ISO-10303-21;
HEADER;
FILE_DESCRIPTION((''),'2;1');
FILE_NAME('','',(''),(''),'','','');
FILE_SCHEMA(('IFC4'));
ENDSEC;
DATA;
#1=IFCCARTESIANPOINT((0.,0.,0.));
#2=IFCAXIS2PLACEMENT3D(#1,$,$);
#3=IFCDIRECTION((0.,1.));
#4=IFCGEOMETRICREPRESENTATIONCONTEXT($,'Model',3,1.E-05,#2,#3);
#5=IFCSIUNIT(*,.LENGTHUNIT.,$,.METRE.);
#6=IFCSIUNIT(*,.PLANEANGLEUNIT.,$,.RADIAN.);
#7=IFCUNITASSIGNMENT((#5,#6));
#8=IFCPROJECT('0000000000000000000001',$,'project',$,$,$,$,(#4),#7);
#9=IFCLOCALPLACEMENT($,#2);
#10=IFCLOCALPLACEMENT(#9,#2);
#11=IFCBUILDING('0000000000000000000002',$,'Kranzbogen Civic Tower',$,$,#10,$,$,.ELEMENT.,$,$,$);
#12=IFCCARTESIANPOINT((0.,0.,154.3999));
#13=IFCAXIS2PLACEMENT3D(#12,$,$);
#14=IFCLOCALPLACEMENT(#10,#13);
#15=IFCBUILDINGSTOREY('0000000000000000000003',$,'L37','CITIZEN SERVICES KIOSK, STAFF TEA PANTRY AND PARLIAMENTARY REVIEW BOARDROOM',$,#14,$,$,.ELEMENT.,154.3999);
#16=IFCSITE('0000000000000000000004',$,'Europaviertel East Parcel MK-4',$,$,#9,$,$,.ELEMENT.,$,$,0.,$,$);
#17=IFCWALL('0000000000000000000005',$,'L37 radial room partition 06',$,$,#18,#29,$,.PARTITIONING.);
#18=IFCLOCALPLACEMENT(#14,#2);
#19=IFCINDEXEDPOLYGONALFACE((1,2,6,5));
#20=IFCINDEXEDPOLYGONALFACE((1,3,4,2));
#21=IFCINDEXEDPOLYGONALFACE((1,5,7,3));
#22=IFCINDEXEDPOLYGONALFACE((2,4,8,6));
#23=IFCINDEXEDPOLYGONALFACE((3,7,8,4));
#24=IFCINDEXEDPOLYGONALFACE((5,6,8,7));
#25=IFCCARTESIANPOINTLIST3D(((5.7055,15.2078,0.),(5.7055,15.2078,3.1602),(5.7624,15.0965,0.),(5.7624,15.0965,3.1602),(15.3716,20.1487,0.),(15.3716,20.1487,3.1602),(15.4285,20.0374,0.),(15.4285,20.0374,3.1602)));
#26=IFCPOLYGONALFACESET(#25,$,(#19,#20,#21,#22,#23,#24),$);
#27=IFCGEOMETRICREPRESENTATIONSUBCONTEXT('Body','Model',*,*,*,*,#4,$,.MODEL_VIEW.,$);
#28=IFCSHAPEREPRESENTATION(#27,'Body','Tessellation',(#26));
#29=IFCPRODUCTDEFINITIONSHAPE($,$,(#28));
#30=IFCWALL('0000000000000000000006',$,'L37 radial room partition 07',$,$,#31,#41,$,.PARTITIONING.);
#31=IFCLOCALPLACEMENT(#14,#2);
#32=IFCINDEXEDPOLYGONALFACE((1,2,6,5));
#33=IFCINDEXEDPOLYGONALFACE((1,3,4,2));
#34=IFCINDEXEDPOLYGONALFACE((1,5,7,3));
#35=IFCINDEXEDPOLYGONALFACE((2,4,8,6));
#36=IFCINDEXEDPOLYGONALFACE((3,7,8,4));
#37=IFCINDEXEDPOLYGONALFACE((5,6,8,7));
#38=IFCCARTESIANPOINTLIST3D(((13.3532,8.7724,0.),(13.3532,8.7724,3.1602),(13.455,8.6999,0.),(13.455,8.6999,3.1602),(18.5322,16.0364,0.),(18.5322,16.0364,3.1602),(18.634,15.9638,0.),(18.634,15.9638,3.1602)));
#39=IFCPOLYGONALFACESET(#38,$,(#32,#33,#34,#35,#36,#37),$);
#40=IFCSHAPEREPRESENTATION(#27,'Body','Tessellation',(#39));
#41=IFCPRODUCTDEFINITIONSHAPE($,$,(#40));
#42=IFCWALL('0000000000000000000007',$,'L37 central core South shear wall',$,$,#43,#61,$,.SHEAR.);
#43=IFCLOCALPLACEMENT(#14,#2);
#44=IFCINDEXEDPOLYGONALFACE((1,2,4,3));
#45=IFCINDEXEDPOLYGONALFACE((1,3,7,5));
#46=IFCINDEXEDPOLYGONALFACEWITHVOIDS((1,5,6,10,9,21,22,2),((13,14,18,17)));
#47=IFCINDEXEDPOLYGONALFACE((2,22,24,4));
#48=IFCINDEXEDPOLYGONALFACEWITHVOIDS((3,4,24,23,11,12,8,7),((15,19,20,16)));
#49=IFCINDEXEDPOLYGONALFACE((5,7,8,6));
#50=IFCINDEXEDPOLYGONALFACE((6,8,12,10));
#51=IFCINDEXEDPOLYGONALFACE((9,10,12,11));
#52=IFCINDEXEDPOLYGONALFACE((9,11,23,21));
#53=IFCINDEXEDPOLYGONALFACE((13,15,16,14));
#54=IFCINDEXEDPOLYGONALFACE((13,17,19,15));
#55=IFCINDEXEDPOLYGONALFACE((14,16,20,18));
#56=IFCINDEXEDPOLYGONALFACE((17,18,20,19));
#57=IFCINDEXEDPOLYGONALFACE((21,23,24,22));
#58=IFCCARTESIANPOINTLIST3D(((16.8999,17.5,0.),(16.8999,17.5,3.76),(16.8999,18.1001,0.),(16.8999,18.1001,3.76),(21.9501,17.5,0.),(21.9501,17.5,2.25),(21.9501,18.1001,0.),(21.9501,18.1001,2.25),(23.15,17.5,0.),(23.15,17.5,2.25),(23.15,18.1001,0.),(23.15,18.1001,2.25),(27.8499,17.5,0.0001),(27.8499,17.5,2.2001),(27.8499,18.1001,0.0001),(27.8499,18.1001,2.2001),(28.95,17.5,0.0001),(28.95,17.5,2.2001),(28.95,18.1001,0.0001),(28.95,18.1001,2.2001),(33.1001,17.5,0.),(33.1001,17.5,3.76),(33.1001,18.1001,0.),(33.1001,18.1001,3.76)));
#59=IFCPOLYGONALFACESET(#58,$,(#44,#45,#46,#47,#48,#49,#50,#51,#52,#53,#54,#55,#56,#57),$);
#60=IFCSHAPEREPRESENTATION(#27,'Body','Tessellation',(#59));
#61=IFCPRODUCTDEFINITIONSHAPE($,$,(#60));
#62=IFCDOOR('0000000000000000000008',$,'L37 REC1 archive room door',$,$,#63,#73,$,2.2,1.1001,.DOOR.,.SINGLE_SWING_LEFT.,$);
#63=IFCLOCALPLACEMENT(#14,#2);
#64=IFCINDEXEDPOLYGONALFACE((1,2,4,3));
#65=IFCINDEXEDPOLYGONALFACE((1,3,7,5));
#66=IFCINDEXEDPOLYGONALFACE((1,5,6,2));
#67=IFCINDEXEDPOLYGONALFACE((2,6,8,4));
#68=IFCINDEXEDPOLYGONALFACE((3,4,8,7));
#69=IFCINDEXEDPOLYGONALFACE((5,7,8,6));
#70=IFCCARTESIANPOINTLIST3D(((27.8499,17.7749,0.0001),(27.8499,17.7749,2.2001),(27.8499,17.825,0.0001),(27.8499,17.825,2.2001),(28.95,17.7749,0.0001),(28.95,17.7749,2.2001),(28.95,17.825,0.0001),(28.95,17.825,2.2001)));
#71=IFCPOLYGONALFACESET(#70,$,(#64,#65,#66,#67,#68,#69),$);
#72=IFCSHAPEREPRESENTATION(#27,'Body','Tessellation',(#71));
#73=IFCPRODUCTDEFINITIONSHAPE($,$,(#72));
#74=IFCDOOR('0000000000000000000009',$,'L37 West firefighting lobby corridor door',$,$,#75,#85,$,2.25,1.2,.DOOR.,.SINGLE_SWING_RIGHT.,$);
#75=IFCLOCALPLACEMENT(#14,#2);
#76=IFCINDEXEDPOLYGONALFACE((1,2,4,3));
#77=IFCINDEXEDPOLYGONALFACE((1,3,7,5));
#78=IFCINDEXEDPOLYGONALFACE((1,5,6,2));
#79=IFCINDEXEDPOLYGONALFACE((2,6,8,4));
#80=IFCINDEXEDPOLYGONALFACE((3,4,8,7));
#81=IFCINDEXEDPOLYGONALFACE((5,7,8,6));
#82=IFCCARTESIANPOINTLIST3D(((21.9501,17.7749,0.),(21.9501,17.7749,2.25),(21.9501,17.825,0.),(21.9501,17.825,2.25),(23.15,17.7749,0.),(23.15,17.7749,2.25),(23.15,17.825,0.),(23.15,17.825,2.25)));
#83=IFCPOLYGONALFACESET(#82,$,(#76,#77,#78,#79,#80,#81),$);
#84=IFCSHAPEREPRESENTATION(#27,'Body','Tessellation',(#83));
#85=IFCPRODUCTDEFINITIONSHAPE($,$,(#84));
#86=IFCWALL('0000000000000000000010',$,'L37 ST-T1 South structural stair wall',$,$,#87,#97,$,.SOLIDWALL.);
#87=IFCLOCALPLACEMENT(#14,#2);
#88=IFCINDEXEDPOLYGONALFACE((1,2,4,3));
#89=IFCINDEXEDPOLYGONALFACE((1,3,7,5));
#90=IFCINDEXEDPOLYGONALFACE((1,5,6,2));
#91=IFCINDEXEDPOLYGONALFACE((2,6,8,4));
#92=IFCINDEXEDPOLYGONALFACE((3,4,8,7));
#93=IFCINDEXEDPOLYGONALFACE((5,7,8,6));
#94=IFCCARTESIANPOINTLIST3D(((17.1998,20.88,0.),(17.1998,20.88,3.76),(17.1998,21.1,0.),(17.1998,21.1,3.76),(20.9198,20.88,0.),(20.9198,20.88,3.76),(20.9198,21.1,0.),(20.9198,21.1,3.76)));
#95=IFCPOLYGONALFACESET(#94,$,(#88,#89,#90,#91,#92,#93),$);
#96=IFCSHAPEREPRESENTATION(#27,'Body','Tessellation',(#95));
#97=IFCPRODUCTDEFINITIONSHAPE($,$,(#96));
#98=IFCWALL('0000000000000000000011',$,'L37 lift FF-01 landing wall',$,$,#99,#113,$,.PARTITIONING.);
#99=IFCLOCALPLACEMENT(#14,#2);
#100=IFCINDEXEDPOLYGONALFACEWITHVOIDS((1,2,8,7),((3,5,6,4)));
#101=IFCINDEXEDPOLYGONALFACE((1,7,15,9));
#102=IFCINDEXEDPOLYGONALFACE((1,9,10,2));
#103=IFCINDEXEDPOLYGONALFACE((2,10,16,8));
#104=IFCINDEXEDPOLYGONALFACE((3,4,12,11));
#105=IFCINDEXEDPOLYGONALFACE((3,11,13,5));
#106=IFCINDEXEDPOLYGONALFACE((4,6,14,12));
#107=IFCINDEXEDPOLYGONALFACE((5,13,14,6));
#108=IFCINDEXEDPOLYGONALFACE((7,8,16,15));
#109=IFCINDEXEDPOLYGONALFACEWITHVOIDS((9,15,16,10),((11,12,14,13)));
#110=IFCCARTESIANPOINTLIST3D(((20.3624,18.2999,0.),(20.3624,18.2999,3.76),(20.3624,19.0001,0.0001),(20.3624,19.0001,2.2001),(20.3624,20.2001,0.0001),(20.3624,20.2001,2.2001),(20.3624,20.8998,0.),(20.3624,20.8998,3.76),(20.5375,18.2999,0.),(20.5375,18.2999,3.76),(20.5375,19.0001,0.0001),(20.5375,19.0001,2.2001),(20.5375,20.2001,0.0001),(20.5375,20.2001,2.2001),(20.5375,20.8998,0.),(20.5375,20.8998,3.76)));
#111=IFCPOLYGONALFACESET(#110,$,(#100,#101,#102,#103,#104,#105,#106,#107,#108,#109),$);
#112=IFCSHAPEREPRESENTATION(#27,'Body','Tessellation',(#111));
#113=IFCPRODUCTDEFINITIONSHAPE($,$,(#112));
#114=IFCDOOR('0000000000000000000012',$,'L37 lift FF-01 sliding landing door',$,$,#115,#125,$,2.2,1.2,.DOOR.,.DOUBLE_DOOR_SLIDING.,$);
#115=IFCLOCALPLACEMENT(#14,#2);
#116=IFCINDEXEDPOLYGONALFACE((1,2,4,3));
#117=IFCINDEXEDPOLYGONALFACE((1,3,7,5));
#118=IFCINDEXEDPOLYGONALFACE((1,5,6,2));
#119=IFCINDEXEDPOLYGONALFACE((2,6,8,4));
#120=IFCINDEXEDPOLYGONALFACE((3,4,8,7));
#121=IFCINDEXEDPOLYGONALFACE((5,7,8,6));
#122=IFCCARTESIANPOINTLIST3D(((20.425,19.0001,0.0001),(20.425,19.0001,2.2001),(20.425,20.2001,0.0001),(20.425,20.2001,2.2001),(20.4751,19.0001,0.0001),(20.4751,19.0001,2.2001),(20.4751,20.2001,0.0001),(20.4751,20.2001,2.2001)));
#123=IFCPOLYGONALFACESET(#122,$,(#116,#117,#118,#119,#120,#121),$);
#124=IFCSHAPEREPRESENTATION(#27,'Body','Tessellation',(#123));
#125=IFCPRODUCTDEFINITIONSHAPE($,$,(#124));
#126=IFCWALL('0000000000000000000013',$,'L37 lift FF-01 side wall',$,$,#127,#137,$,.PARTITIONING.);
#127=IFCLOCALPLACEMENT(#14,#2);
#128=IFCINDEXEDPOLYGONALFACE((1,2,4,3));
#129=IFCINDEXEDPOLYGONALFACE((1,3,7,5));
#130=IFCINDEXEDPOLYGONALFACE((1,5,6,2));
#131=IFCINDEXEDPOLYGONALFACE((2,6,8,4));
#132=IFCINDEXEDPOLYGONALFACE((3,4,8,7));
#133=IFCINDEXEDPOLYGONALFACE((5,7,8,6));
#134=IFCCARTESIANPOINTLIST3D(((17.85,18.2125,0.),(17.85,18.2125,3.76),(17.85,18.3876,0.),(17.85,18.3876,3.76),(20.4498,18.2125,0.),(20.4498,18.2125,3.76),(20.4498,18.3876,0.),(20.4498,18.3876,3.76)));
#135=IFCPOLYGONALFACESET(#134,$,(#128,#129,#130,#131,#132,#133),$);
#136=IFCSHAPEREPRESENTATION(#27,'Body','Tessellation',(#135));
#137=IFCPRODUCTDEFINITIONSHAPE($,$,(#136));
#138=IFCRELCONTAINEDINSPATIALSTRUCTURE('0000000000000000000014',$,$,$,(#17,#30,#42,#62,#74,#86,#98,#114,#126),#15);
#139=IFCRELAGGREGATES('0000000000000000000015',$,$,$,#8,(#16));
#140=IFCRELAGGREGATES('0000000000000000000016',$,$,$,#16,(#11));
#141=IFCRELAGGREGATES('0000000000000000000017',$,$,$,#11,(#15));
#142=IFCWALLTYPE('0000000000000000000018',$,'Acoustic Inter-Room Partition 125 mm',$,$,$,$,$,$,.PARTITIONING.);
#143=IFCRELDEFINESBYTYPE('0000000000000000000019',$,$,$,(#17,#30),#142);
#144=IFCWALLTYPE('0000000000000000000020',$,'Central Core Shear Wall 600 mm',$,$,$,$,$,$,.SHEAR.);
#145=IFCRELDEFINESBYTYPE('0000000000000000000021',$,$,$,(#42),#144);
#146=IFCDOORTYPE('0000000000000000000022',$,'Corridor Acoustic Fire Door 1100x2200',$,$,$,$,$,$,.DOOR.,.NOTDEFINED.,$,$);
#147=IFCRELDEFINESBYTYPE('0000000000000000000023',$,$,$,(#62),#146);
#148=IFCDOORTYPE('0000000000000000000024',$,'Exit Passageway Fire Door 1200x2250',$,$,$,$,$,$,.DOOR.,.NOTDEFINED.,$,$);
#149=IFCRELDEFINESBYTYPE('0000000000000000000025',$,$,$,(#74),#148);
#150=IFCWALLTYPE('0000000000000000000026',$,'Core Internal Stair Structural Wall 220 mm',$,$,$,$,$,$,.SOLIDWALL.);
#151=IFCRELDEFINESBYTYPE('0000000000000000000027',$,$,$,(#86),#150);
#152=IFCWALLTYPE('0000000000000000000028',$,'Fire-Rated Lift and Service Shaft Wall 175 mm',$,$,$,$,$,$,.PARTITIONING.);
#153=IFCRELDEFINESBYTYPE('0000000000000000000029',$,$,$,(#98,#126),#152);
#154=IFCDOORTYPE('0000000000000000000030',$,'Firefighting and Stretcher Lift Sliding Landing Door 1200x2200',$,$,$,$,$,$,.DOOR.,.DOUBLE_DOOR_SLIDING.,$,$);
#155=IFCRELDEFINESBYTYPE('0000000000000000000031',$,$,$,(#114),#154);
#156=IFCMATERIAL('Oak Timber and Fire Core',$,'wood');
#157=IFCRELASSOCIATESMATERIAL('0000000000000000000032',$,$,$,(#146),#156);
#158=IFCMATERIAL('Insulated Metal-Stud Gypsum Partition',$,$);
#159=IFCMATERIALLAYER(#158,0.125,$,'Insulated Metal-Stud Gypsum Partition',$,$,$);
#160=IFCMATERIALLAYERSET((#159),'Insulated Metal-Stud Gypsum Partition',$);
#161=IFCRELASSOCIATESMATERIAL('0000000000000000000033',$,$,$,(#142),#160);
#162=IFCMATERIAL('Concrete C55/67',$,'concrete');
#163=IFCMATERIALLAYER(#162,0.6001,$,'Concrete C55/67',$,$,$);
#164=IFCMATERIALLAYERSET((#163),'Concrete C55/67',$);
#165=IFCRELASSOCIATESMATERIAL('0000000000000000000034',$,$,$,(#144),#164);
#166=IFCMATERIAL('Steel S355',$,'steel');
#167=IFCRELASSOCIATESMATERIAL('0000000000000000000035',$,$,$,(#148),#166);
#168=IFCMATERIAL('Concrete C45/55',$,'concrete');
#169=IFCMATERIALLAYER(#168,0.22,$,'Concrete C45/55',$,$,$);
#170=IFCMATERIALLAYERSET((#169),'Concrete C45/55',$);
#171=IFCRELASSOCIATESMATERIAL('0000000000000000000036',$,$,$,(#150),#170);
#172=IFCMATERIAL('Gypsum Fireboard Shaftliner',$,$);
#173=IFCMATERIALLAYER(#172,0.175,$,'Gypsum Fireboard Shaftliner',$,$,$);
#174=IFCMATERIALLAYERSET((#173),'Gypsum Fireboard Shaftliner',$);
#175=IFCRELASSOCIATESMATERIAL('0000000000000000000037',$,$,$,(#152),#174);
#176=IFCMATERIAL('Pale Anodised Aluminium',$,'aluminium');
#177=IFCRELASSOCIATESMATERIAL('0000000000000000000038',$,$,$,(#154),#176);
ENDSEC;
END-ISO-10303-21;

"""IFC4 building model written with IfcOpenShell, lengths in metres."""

from ifc_helpers import new_model, si_unit, direction, frame, frame_2d, origin, place, context, subcontext, project, spatial, rectangle, extrude, material, layer, layer_set, type_object, element, fill, save


model = new_model("IFC4")

# Units and contexts
model_context = context("Model", 3, precision=1e-05, world=origin(), true_north=direction((0.0, 1.0)))
body_context = subcontext(model_context, "Body", "Model", "MODEL_VIEW")
ifc_project = project(units=[si_unit("LENGTHUNIT", "METRE"), si_unit("PLANEANGLEUNIT", "RADIAN")], contexts=[model_context])

# Site, building, storey
site_placement = place(None, origin())
site = spatial("IfcSite", under=ifc_project, at=site_placement, Name="Europaviertel East Parcel MK-4", CompositionType="ELEMENT", RefElevation=0.0)
building_placement = place(site_placement, origin())
building = spatial("IfcBuilding", under=site, at=building_placement, Name="Kranzbogen Civic Tower", CompositionType="ELEMENT")
storey_placement = place(building_placement, frame((0.0, 0.0, 154.3999)))
storey = spatial("IfcBuildingStorey", under=building, at=storey_placement, Name="L37", Description="CITIZEN SERVICES KIOSK, STAFF TEA PANTRY AND PARLIAMENTARY REVIEW BOARDROOM", CompositionType="ELEMENT", Elevation=154.3999)

# Shared definitions
ifc_material_1 = material(Name="Steel S355", Category="steel")

# Shared definitions
ifc_material_2 = material(Name="Oak Timber and Fire Core", Category="wood")
door_type_1 = type_object("IfcDoorType", Name="Corridor Acoustic Fire Door 1100x2200", OperationType="NOTDEFINED", PredefinedType="DOOR", material=ifc_material_2)

# Walls
ifc_material_3 = material(Name="Insulated Metal-Stud Gypsum Partition")
ifc_layer_1 = layer(ifc_material_3, 0.125, Name="Insulated Metal-Stud Gypsum Partition")
ifc_layer_set_1 = layer_set([ifc_layer_1], Name="Insulated Metal-Stud Gypsum Partition")
wall_type_1 = type_object("IfcWallType", Name="Acoustic Inter-Room Partition 125 mm", PredefinedType="PARTITIONING", material=ifc_layer_set_1)
wall_1_placement = place(storey_placement, frame((15.3999, 20.093, 0.0), z_axis=(0.0, 0.0, 1.0), x_axis=(-0.890416, -0.455148, 0.0)))
element("IfcWall", 1, at=wall_1_placement, inside=storey, type_object=wall_type_1, Name="L37 radial room partition 06", PredefinedType="PARTITIONING", context=body_context, shape_type="SweptSolid", body=[
    extrude(rectangle(XDim=10.8557, YDim=0.125, at=frame_2d((5.4277, 0.0))), origin(), (0.0, 0.0, 1.0), 3.1602),
])
wall_2_placement = place(storey_placement, frame((18.583, 16.0, 0.0), z_axis=(0.0, 0.0, 1.0), x_axis=(-0.580529, -0.81424, 0.0)))
element("IfcWall", 2, at=wall_2_placement, inside=storey, type_object=wall_type_1, Name="L37 radial room partition 07", PredefinedType="PARTITIONING", context=body_context, shape_type="SweptSolid", body=[
    extrude(rectangle(XDim=8.9211, YDim=0.125, at=frame_2d((4.4604, 0.0))), origin(), (0.0, 0.0, 1.0), 3.1602),
])

# Wall, openings, doors
ifc_material_4 = material(Name="Concrete C55/67", Category="concrete")
ifc_layer_2 = layer(ifc_material_4, 0.6001, Name="Concrete C55/67")
ifc_layer_set_2 = layer_set([ifc_layer_2], Name="Concrete C55/67")
wall_type_2 = type_object("IfcWallType", Name="Central Core Shear Wall 600 mm", PredefinedType="SHEAR", material=ifc_layer_set_2)
wall_3_placement = place(storey_placement, frame((16.8999, 17.8, 0.0), z_axis=(0.0, 0.0, 1.0), x_axis=(1.0, 0.0, 0.0)))
wall_3 = element("IfcWall", 3, at=wall_3_placement, inside=storey, type_object=wall_type_2, Name="L37 central core South shear wall", PredefinedType="SHEAR", context=body_context, shape_type="SweptSolid", body=[
    extrude(rectangle(XDim=16.2002, YDim=0.6001, at=frame_2d((8.1001, 0.0))), origin(), (0.0, 0.0, 1.0), 3.76),
])
opening_1_placement = place(wall_3_placement, frame((5.05, 0.0, 0.0)))
opening_1 = element("IfcOpeningElement", 4, at=opening_1_placement, cuts=wall_3, PredefinedType="OPENING", context=body_context, shape_type="SweptSolid", body=[
    extrude(rectangle(XDim=1.2, YDim=2.25, at=frame_2d((0.6001, 1.125))), frame((0.0, 0.3101, 0.0), z_axis=(0.0, -1.0, 0.0), x_axis=(1.0, 0.0, 0.0)), (0.0, 0.0, 1.0), 0.6201),
])
opening_2_placement = place(wall_3_placement, frame((10.95, 0.0, 0.0)))
opening_2 = element("IfcOpeningElement", 5, at=opening_2_placement, cuts=wall_3, PredefinedType="OPENING", context=body_context, shape_type="SweptSolid", body=[
    extrude(rectangle(XDim=1.1001, YDim=2.2, at=frame_2d((0.55, 1.1001))), frame((0.0, 0.3101, 0.0), z_axis=(0.0, -1.0, 0.0), x_axis=(1.0, 0.0, 0.0)), (0.0, 0.0, 1.0), 0.6201),
])
door_1_placement = place(opening_2_placement, origin())
door_1 = element("IfcDoor", 6, at=door_1_placement, inside=storey, type_object=door_type_1, Name="L37 REC1 archive room door", OperationType="SINGLE_SWING_LEFT", OverallHeight=2.2, OverallWidth=1.1001, PredefinedType="DOOR", context=body_context, shape_type="SweptSolid", body=[
    extrude(rectangle(XDim=1.1001, YDim=2.2, at=frame_2d((0.55, 1.1001))), frame((0.0, 0.0249, 0.0), z_axis=(0.0, -1.0, 0.0), x_axis=(1.0, 0.0, 0.0)), (0.0, 0.0, 1.0), 0.05),
])
fill(opening_2, door_1)
door_type_2 = type_object("IfcDoorType", Name="Exit Passageway Fire Door 1200x2250", OperationType="NOTDEFINED", PredefinedType="DOOR", material=ifc_material_1)
door_2_placement = place(opening_1_placement, origin())
door_2 = element("IfcDoor", 7, at=door_2_placement, inside=storey, type_object=door_type_2, Name="L37 West firefighting lobby corridor door", OperationType="SINGLE_SWING_RIGHT", OverallHeight=2.25, OverallWidth=1.2, PredefinedType="DOOR", context=body_context, shape_type="SweptSolid", body=[
    extrude(rectangle(XDim=1.2, YDim=2.25, at=frame_2d((0.6001, 1.125))), frame((0.0, 0.0249, 0.0), z_axis=(0.0, -1.0, 0.0), x_axis=(1.0, 0.0, 0.0)), (0.0, 0.0, 1.0), 0.05),
])
fill(opening_1, door_2)

# Wall
ifc_material_5 = material(Name="Concrete C45/55", Category="concrete")
ifc_layer_3 = layer(ifc_material_5, 0.22, Name="Concrete C45/55")
ifc_layer_set_3 = layer_set([ifc_layer_3], Name="Concrete C45/55")
wall_type_3 = type_object("IfcWallType", Name="Core Internal Stair Structural Wall 220 mm", PredefinedType="SOLIDWALL", material=ifc_layer_set_3)
wall_4_placement = place(storey_placement, frame((17.2, 20.99, 0.0), z_axis=(0.0, 0.0, 1.0), x_axis=(1.0, 0.0, 0.0)))
element("IfcWall", 8, at=wall_4_placement, inside=storey, type_object=wall_type_3, Name="L37 ST-T1 South structural stair wall", PredefinedType="SOLIDWALL", context=body_context, shape_type="SweptSolid", body=[
    extrude(rectangle(XDim=3.72, YDim=0.22, at=frame_2d((1.8599, 0.0))), origin(), (0.0, 0.0, 1.0), 3.76),
])

# Wall, opening, door
ifc_material_6 = material(Name="Gypsum Fireboard Shaftliner")
ifc_layer_4 = layer(ifc_material_6, 0.175, Name="Gypsum Fireboard Shaftliner")
ifc_layer_set_4 = layer_set([ifc_layer_4], Name="Gypsum Fireboard Shaftliner")
wall_type_4 = type_object("IfcWallType", Name="Fire-Rated Lift and Service Shaft Wall 175 mm", PredefinedType="PARTITIONING", material=ifc_layer_set_4)
wall_5_placement = place(storey_placement, frame((20.45, 18.3, 0.0), z_axis=(0.0, 0.0, 1.0), x_axis=(0.0, 1.0, 0.0)))
wall_5 = element("IfcWall", 9, at=wall_5_placement, inside=storey, type_object=wall_type_4, Name="L37 lift FF-01 landing wall", PredefinedType="PARTITIONING", context=body_context, shape_type="SweptSolid", body=[
    extrude(rectangle(XDim=2.5999, YDim=0.175, at=frame_2d((1.2998, 0.0))), origin(), (0.0, 0.0, 1.0), 3.76),
])
opening_3_placement = place(wall_5_placement, frame((0.7, 0.0, 0.0)))
opening_3 = element("IfcOpeningElement", 10, at=opening_3_placement, cuts=wall_5, PredefinedType="OPENING", context=body_context, shape_type="SweptSolid", body=[
    extrude(rectangle(XDim=1.2, YDim=2.2, at=frame_2d((0.6001, 1.1001))), frame((0.0, 0.0977, 0.0), z_axis=(0.0, -1.0, 0.0), x_axis=(1.0, 0.0, 0.0)), (0.0, 0.0, 1.0), 0.1951),
])
ifc_material_7 = material(Name="Pale Anodised Aluminium", Category="aluminium")
door_type_3 = type_object("IfcDoorType", Name="Firefighting and Stretcher Lift Sliding Landing Door 1200x2200", OperationType="DOUBLE_DOOR_SLIDING", PredefinedType="DOOR", material=ifc_material_7)
door_3_placement = place(opening_3_placement, origin())
door_3 = element("IfcDoor", 11, at=door_3_placement, inside=storey, type_object=door_type_3, Name="L37 lift FF-01 sliding landing door", OperationType="DOUBLE_DOOR_SLIDING", OverallHeight=2.2, OverallWidth=1.2, PredefinedType="DOOR", context=body_context, shape_type="SweptSolid", body=[
    extrude(rectangle(XDim=1.2, YDim=2.2, at=frame_2d((0.6001, 1.1001))), frame((0.0, 0.0249, 0.0), z_axis=(0.0, -1.0, 0.0), x_axis=(1.0, 0.0, 0.0)), (0.0, 0.0, 1.0), 0.05),
])
fill(opening_3, door_3)

# Wall
wall_6_placement = place(storey_placement, frame((17.8501, 18.3, 0.0), z_axis=(0.0, 0.0, 1.0), x_axis=(1.0, 0.0, 0.0)))
element("IfcWall", 12, at=wall_6_placement, inside=storey, type_object=wall_type_4, Name="L37 lift FF-01 side wall", PredefinedType="PARTITIONING", context=body_context, shape_type="SweptSolid", body=[
    extrude(rectangle(XDim=2.5999, YDim=0.175, at=frame_2d((1.2998, 0.0))), origin(), (0.0, 0.0, 1.0), 3.76),
])

save(model, "model.ifc")
